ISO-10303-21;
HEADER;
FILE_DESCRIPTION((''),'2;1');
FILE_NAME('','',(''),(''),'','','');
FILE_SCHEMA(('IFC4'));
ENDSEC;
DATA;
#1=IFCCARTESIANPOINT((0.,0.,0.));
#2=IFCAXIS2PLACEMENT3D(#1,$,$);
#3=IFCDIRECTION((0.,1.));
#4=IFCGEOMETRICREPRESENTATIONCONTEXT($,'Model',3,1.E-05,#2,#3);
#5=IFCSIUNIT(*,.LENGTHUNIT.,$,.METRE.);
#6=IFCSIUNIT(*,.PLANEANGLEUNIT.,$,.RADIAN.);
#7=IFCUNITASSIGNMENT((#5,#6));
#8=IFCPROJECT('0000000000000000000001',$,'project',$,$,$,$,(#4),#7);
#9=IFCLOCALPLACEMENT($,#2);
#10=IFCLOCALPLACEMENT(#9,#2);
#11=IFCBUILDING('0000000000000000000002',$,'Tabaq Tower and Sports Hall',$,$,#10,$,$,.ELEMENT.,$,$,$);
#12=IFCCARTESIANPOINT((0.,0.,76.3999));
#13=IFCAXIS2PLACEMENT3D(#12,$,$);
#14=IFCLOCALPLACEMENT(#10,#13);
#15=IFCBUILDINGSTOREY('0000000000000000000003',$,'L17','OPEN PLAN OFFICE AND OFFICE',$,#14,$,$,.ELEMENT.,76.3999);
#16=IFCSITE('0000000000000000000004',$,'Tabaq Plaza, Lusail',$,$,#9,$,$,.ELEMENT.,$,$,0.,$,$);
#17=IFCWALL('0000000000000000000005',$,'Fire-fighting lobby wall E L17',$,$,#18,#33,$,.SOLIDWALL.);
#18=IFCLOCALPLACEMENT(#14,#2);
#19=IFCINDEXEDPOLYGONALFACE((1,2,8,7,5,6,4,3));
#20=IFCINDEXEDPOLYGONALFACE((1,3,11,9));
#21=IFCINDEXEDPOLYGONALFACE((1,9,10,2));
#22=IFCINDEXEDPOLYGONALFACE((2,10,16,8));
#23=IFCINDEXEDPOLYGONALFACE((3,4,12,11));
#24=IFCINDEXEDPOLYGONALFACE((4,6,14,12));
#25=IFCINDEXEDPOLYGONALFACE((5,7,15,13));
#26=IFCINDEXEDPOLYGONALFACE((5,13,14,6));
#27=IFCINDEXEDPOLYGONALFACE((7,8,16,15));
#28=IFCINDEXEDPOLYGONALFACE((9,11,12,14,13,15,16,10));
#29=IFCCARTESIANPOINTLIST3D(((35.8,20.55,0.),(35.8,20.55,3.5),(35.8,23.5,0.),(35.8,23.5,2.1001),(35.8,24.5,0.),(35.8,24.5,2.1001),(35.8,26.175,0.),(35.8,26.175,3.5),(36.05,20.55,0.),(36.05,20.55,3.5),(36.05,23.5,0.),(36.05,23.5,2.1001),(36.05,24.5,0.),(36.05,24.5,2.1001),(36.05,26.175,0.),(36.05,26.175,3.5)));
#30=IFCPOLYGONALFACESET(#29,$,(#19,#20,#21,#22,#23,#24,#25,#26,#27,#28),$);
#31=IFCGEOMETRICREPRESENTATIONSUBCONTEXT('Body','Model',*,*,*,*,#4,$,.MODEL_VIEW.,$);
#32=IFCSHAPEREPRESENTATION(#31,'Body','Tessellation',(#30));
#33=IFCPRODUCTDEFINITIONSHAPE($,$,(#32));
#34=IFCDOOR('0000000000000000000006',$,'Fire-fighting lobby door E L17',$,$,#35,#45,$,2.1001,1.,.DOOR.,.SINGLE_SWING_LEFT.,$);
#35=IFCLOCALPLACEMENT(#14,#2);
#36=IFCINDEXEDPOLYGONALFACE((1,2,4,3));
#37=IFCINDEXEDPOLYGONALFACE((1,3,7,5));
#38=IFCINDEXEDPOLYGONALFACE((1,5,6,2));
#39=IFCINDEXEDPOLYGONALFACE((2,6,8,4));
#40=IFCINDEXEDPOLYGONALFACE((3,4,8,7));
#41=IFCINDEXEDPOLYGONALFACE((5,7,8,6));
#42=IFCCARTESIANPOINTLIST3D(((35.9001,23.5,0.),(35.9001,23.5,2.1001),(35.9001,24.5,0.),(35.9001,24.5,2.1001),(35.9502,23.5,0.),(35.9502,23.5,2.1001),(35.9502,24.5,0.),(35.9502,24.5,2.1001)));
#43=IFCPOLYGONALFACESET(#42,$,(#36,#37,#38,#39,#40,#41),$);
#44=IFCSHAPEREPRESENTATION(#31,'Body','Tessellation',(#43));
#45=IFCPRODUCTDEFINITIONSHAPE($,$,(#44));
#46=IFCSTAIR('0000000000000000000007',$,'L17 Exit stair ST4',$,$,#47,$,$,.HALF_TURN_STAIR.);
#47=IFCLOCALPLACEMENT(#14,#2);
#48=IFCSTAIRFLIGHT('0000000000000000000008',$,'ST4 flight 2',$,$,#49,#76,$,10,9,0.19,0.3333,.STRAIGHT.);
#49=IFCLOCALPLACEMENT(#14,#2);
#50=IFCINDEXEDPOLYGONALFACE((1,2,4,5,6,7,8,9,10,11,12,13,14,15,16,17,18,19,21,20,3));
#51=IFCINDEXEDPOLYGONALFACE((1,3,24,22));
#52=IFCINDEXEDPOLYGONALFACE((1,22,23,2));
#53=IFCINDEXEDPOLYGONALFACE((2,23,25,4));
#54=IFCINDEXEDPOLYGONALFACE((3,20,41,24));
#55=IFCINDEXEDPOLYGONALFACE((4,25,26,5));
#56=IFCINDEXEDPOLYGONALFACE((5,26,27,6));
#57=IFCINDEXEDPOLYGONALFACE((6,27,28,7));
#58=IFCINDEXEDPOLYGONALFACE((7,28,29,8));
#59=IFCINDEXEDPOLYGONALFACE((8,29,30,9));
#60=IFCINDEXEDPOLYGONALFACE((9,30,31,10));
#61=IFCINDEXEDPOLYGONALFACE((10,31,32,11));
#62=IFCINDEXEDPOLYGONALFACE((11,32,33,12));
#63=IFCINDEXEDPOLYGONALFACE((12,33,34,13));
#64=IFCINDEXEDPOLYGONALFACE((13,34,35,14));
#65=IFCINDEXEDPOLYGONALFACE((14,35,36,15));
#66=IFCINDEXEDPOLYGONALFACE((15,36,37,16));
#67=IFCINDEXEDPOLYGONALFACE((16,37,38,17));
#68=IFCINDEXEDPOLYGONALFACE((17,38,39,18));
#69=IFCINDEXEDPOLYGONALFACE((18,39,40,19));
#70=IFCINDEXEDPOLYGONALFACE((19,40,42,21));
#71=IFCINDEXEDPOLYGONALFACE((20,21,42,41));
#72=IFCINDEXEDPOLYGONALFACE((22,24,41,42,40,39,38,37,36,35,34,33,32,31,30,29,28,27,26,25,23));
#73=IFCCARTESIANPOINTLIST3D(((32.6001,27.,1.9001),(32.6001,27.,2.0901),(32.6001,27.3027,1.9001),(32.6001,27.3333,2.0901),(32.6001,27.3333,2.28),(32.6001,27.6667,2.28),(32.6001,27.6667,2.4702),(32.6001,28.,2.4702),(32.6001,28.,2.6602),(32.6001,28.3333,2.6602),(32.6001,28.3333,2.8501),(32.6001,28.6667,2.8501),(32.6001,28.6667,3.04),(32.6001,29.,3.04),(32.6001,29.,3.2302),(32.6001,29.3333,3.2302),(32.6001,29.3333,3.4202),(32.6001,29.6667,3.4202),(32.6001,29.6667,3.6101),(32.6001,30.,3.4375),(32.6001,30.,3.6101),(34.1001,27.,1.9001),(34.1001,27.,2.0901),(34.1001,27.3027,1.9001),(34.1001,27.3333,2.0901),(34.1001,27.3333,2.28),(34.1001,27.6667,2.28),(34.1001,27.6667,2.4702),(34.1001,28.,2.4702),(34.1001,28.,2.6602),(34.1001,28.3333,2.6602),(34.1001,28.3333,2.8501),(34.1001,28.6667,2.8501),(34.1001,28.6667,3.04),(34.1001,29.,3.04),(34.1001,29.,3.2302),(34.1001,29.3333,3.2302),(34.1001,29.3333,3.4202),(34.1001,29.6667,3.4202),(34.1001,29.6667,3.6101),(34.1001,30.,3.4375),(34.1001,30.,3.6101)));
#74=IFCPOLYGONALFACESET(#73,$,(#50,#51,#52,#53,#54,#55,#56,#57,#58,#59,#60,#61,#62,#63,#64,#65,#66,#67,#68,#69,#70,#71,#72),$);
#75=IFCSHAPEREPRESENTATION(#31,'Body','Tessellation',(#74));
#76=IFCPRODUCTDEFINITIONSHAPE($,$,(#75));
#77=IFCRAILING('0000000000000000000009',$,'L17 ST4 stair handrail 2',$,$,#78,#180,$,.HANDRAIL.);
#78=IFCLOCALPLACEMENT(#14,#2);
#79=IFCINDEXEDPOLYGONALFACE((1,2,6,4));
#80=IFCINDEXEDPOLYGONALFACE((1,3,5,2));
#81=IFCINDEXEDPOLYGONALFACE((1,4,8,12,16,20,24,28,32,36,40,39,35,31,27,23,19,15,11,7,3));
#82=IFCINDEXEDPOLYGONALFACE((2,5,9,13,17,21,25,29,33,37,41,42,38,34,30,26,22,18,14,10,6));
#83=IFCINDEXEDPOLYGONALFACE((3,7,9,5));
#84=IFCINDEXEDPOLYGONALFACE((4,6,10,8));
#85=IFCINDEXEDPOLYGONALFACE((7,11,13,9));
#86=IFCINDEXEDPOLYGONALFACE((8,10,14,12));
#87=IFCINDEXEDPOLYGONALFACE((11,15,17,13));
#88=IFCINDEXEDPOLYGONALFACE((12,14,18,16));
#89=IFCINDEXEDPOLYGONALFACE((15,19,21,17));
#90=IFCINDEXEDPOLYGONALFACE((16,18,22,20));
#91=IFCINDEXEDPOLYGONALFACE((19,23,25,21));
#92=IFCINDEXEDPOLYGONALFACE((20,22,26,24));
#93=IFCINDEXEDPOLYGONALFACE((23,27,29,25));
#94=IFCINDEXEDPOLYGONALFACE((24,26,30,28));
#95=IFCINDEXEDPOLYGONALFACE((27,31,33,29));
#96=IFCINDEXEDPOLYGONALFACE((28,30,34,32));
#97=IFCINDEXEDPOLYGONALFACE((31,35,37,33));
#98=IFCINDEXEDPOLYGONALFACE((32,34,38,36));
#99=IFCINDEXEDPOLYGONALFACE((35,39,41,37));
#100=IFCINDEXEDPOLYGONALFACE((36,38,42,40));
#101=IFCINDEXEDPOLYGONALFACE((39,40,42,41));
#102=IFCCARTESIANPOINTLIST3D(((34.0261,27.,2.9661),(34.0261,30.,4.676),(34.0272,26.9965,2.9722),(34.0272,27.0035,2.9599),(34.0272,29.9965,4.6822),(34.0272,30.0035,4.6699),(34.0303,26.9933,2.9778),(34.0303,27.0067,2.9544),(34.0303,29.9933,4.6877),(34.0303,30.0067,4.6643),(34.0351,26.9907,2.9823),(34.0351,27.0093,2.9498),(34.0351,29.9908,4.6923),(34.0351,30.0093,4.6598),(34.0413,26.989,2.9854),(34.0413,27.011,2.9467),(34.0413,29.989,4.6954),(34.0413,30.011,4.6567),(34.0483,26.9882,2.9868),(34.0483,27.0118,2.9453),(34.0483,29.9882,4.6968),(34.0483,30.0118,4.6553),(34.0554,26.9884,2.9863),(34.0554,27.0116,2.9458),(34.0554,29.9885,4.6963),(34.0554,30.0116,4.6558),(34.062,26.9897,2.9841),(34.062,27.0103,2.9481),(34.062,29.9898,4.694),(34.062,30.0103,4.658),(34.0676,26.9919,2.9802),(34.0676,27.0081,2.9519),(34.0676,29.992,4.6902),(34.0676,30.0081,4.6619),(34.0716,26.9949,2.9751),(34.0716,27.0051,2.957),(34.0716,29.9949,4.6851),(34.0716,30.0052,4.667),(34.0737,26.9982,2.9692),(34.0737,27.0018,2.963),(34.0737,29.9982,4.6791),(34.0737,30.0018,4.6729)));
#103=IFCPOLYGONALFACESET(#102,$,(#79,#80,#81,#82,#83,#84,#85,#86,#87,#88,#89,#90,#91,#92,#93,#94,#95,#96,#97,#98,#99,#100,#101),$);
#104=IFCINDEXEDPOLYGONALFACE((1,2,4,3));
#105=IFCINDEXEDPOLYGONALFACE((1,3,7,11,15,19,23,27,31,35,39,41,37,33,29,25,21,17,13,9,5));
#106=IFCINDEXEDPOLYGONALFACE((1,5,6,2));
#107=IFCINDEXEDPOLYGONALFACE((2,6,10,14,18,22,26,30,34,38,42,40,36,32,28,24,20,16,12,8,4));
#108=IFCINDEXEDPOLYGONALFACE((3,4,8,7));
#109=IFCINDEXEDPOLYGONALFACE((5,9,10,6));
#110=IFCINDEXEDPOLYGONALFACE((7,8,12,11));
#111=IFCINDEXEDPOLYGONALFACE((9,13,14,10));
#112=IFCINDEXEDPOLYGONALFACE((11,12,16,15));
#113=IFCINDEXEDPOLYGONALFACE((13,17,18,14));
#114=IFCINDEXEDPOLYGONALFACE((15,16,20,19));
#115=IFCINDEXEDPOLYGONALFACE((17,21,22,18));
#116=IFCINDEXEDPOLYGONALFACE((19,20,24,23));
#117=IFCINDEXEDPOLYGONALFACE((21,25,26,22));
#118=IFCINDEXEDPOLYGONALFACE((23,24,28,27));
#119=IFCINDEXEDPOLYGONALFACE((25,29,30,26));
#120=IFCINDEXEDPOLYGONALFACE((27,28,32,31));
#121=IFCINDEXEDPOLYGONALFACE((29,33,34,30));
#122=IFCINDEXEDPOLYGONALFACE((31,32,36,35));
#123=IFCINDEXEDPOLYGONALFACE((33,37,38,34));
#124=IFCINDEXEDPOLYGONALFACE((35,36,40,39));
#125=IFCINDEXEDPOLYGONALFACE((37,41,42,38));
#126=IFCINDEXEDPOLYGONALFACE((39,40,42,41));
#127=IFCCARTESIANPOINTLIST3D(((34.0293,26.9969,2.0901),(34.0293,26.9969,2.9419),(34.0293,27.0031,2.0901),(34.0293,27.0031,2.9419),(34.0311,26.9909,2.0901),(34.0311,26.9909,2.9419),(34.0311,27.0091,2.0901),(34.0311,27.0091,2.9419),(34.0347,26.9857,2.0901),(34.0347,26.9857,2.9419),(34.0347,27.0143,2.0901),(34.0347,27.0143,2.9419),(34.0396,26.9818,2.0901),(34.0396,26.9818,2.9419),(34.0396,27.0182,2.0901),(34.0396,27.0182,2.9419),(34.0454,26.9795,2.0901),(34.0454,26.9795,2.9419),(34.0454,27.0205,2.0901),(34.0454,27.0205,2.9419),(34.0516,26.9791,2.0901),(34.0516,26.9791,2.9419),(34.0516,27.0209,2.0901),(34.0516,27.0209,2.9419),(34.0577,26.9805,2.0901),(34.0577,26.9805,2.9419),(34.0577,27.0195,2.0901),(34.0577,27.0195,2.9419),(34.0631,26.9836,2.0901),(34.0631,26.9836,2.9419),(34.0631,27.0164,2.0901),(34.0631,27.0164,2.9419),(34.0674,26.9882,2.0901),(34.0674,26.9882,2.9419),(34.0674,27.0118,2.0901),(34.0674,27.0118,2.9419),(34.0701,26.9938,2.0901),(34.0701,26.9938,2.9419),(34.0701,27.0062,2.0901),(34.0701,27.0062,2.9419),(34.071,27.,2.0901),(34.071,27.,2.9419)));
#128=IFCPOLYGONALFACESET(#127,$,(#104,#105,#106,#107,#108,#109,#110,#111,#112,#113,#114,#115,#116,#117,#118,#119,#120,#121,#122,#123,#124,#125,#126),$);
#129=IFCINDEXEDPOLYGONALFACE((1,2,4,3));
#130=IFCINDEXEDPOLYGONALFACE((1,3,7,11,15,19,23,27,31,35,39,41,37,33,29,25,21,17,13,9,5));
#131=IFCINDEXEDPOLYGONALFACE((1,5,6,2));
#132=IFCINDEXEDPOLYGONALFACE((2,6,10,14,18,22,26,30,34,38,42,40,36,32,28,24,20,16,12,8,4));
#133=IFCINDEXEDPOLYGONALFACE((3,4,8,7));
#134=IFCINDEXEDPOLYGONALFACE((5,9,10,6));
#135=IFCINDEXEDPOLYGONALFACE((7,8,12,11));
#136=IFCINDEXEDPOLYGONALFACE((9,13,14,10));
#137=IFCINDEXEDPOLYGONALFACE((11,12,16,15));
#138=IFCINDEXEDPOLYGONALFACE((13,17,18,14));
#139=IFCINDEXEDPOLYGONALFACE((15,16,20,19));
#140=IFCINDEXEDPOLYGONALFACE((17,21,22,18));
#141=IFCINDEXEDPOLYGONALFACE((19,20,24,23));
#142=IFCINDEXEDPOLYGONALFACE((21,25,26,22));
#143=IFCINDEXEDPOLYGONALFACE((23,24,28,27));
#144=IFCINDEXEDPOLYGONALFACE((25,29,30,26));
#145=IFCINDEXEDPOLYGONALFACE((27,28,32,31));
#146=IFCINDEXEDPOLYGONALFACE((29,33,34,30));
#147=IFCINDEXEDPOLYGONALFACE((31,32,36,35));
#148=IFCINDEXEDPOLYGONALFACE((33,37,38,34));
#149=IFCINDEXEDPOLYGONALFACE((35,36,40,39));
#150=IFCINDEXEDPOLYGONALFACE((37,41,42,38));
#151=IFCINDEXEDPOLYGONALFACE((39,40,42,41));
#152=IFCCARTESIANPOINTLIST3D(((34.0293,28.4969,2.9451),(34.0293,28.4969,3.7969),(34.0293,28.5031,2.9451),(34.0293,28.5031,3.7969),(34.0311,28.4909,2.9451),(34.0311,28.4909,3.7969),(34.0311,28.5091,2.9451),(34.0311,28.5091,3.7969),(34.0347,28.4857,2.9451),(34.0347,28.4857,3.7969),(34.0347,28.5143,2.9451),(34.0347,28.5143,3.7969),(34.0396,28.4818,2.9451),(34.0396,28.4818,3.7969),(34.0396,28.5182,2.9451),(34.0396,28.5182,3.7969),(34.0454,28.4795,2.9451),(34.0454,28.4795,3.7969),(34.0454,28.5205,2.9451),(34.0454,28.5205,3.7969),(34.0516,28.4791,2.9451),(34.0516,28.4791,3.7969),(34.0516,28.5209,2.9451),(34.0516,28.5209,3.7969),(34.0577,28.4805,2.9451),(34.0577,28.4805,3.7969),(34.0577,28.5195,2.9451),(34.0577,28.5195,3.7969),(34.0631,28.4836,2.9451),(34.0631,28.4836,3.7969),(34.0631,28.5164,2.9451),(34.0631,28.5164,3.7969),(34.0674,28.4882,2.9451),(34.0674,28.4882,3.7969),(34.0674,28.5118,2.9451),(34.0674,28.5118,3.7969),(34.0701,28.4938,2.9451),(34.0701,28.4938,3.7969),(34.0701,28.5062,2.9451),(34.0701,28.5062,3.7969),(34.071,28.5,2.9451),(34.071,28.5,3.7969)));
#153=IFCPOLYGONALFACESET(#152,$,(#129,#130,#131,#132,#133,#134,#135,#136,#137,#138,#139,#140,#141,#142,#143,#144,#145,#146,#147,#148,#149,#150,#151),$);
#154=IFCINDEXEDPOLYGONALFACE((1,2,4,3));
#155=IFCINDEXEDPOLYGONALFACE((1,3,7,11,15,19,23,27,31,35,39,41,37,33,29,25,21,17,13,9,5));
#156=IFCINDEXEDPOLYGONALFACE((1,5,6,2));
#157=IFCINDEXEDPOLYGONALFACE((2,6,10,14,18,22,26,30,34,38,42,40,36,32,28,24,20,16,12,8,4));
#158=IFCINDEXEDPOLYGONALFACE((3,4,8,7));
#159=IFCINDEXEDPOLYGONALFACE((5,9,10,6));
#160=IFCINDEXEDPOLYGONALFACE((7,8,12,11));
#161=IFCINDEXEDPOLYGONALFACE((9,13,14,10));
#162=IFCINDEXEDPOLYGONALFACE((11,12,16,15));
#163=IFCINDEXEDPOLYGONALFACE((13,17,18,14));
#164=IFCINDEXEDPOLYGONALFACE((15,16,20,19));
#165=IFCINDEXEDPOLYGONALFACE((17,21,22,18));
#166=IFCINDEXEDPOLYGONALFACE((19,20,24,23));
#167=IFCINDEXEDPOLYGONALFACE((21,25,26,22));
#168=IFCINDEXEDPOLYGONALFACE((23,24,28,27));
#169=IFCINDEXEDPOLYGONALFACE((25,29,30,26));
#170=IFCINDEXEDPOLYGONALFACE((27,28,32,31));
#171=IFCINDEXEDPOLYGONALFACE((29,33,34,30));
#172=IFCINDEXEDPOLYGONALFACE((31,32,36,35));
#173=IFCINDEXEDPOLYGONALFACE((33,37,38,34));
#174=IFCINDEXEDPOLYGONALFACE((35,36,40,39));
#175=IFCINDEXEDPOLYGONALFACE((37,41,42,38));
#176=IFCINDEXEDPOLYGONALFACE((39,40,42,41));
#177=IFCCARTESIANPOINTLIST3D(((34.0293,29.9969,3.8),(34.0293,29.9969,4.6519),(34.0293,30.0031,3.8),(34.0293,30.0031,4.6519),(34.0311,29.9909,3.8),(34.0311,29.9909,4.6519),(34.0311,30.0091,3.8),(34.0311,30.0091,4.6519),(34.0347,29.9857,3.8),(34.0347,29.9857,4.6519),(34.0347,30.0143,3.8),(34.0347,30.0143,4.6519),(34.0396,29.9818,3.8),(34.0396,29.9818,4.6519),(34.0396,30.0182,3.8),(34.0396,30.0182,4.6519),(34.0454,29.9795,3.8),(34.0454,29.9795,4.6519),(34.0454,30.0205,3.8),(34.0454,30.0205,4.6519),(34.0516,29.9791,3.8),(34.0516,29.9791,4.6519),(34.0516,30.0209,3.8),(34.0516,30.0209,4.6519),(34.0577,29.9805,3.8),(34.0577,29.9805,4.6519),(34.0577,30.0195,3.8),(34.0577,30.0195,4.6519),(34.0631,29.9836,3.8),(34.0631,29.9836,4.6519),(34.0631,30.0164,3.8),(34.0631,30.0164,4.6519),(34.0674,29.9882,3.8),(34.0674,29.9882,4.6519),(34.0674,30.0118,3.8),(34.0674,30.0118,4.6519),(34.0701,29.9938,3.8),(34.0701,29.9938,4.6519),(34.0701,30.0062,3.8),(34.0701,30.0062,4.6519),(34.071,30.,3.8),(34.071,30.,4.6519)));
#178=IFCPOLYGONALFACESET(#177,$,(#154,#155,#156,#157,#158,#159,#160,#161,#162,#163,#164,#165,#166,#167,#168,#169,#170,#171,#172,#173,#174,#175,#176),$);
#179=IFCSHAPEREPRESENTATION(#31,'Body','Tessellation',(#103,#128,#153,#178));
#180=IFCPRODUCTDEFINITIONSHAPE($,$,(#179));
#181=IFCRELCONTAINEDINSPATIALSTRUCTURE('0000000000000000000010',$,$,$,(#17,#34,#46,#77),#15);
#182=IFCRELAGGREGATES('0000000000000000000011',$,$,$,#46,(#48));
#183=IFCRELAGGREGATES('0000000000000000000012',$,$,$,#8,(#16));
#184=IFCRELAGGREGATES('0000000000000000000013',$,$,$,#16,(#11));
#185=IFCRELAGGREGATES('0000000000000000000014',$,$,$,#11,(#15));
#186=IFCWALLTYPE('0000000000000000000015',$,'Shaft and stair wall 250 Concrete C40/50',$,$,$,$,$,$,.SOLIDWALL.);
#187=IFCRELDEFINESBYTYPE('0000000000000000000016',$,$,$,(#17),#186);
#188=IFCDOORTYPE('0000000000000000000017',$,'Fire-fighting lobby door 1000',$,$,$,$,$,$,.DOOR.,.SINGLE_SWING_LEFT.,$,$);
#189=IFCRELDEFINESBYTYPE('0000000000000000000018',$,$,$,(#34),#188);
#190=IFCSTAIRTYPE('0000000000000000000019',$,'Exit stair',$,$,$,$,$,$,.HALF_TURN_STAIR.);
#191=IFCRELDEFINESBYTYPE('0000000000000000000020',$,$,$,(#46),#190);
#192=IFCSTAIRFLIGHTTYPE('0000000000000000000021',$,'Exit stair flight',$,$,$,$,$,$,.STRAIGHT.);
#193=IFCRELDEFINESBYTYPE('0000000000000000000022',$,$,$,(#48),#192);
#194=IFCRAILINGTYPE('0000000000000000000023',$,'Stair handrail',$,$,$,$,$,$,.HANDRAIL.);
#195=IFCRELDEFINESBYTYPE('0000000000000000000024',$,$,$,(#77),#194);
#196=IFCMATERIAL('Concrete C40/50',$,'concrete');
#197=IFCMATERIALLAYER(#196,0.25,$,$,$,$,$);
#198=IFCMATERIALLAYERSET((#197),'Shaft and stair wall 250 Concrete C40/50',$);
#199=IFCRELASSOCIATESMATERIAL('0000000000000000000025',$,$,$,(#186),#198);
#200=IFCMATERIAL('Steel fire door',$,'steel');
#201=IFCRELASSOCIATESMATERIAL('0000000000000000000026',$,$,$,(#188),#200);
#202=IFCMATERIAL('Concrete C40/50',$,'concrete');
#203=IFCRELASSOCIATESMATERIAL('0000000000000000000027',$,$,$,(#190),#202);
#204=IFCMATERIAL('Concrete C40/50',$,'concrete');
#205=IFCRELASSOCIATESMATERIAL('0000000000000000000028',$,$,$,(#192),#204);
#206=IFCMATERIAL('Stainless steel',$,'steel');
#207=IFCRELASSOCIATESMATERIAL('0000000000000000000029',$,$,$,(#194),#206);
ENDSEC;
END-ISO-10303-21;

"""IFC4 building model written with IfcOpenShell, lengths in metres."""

from ifc_helpers import new_model, si_unit, direction, frame, frame_2d, origin, origin_2d, place, context, subcontext, project, spatial, polyline, rectangle, circle, outline, extrude, material, layer, layer_set, type_object, element, fill, aggregate, save


model = new_model("IFC4")

# Units and contexts
model_context = context("Model", 3, precision=1e-05, world=origin(), true_north=direction((0.0, 1.0)))
body_context = subcontext(model_context, "Body", "Model", "MODEL_VIEW")
ifc_project = project(units=[si_unit("LENGTHUNIT", "METRE"), si_unit("PLANEANGLEUNIT", "RADIAN")], contexts=[model_context])

# Site, building, storey
site_placement = place(None, origin())
site = spatial("IfcSite", under=ifc_project, at=site_placement, Name="Tabaq Plaza, Lusail", CompositionType="ELEMENT", RefElevation=0.0)
building_placement = place(site_placement, origin())
building = spatial("IfcBuilding", under=site, at=building_placement, Name="Tabaq Tower and Sports Hall", CompositionType="ELEMENT")
storey_placement = place(building_placement, frame((0.0, 0.0, 76.3999)))
storey = spatial("IfcBuildingStorey", under=building, at=storey_placement, Name="L17", Description="OPEN PLAN OFFICE AND OFFICE", CompositionType="ELEMENT", Elevation=76.3999)

# Shared definitions
ifc_material_1 = material(Name="Concrete C40/50", Category="concrete")
ifc_layer_1 = layer(ifc_material_1, 0.25)
ifc_layer_set_1 = layer_set([ifc_layer_1], Name="Shaft and stair wall 250 Concrete C40/50")
wall_type_1 = type_object("IfcWallType", Name="Shaft and stair wall 250 Concrete C40/50", PredefinedType="SOLIDWALL", material=ifc_layer_set_1)

# Wall, opening, door
wall_1_placement = place(storey_placement, frame((35.925, 20.55, 0.0), z_axis=(0.0, 0.0, 1.0), x_axis=(0.0, 1.0, 0.0)))
wall_1 = element("IfcWall", 1, at=wall_1_placement, inside=storey, type_object=wall_type_1, Name="Fire-fighting lobby wall E L17", PredefinedType="SOLIDWALL", context=body_context, shape_type="SweptSolid", body=[
    extrude(rectangle(XDim=5.625, YDim=0.25, at=frame_2d((2.8125, 0.0))), origin(), (0.0, 0.0, 1.0), 3.5),
])
opening_1_placement = place(wall_1_placement, frame((2.95, 0.0, 0.0)))
opening_1 = element("IfcOpeningElement", 2, at=opening_1_placement, cuts=wall_1, PredefinedType="OPENING", context=body_context, shape_type="SweptSolid", body=[
    extrude(rectangle(XDim=1.0, YDim=2.1001, at=frame_2d((0.5, 1.05))), frame((0.0, 0.125, 0.0), z_axis=(0.0, -1.0, 0.0), x_axis=(1.0, 0.0, 0.0)), (0.0, 0.0, 1.0), 0.25),
])
ifc_material_2 = material(Name="Steel fire door", Category="steel")
door_type_1 = type_object("IfcDoorType", Name="Fire-fighting lobby door 1000", OperationType="SINGLE_SWING_LEFT", PredefinedType="DOOR", material=ifc_material_2)
door_1_placement = place(opening_1_placement, origin())
door_1 = element("IfcDoor", 3, at=door_1_placement, inside=storey, type_object=door_type_1, Name="Fire-fighting lobby door E L17", OperationType="SINGLE_SWING_LEFT", OverallHeight=2.1001, OverallWidth=1.0, PredefinedType="DOOR", context=body_context, shape_type="SweptSolid", body=[
    extrude(rectangle(XDim=1.0, YDim=2.1001, at=frame_2d((0.5, 1.05))), frame((0.0, 0.0249, 0.0), z_axis=(0.0, -1.0, 0.0), x_axis=(1.0, 0.0, 0.0)), (0.0, 0.0, 1.0), 0.05),
])
fill(opening_1, door_1)

# Stair, stair flight
ifc_material_3 = material(Name="Concrete C40/50", Category="concrete")
stair_type = type_object("IfcStairType", Name="Exit stair", PredefinedType="HALF_TURN_STAIR", material=ifc_material_3)
stair_placement = place(storey_placement, origin())
stair = element("IfcStair", 4, at=stair_placement, inside=storey, type_object=stair_type, Name="L17 Exit stair ST4", PredefinedType="HALF_TURN_STAIR")
ifc_material_4 = material(Name="Concrete C40/50", Category="concrete")
stair_flight_type = type_object("IfcStairFlightType", Name="Exit stair flight", PredefinedType="STRAIGHT", material=ifc_material_4)
stair_flight_placement = place(storey_placement, frame((33.3501, 27.0, 1.9001), z_axis=(0.0, 0.0, 1.0), x_axis=(0.0, 1.0, 0.0)))
stair_flight = element("IfcStairFlight", 5, at=stair_flight_placement, type_object=stair_flight_type, Name="ST4 flight 2", NumberOfRisers=10, NumberOfTreads=9, PredefinedType="STRAIGHT", RiserHeight=0.19, TreadLength=0.3333, context=body_context, shape_type="SweptSolid", body=[
    extrude(outline(polyline([(0.0, 0.0), (0.0, 0.1899), (0.3333, 0.1899), (0.3333, 0.3799), (0.6667, 0.3799), (0.6667, 0.5701), (1.0, 0.5701), (1.0, 0.76), (1.3333, 0.76), (1.3333, 0.95), (1.6667, 0.95), (1.6667, 1.1399), (2.0, 1.1399), (2.0, 1.3301), (2.3333, 1.3301), (2.3333, 1.52), (2.6667, 1.52), (2.6667, 1.71), (3.0, 1.71), (3.0, 1.8999), (3.0, 1.5374), (0.3027, 0.0), (0.0, 0.0)])), frame((0.0, 0.75, 0.0), z_axis=(0.0, -1.0, 0.0), x_axis=(1.0, 0.0, 0.0)), (0.0, 0.0, 1.0), 1.5),
])
aggregate(stair, [stair_flight])

# Railing
ifc_material_5 = material(Name="Stainless steel", Category="steel")
railing_type = type_object("IfcRailingType", Name="Stair handrail", PredefinedType="HANDRAIL", material=ifc_material_5)
railing_placement = place(storey_placement, frame((34.05, 27.0, 2.0901)))
element("IfcRailing", 6, at=railing_placement, inside=storey, type_object=railing_type, Name="L17 ST4 stair handrail 2", PredefinedType="HANDRAIL", context=body_context, shape_type="SweptSolid", body=[
    extrude(circle(Radius=0.0239, at=origin_2d()), frame((0.0, 0.0, 0.876), z_axis=(0.0, 0.868782, 0.495195), x_axis=(-1.0, 0.0, 0.0)), (0.0, 0.0, 1.0), 3.4531),
    extrude(circle(Radius=0.021, at=origin_2d()), origin(), (0.0, 0.0, 1.0), 0.8518),
    extrude(circle(Radius=0.021, at=origin_2d()), frame((0.0, 1.5, 0.855)), (0.0, 0.0, 1.0), 0.8518),
    extrude(circle(Radius=0.021, at=origin_2d()), frame((0.0, 3.0, 1.71)), (0.0, 0.0, 1.0), 0.8518),
])

save(model, "model.ifc")
